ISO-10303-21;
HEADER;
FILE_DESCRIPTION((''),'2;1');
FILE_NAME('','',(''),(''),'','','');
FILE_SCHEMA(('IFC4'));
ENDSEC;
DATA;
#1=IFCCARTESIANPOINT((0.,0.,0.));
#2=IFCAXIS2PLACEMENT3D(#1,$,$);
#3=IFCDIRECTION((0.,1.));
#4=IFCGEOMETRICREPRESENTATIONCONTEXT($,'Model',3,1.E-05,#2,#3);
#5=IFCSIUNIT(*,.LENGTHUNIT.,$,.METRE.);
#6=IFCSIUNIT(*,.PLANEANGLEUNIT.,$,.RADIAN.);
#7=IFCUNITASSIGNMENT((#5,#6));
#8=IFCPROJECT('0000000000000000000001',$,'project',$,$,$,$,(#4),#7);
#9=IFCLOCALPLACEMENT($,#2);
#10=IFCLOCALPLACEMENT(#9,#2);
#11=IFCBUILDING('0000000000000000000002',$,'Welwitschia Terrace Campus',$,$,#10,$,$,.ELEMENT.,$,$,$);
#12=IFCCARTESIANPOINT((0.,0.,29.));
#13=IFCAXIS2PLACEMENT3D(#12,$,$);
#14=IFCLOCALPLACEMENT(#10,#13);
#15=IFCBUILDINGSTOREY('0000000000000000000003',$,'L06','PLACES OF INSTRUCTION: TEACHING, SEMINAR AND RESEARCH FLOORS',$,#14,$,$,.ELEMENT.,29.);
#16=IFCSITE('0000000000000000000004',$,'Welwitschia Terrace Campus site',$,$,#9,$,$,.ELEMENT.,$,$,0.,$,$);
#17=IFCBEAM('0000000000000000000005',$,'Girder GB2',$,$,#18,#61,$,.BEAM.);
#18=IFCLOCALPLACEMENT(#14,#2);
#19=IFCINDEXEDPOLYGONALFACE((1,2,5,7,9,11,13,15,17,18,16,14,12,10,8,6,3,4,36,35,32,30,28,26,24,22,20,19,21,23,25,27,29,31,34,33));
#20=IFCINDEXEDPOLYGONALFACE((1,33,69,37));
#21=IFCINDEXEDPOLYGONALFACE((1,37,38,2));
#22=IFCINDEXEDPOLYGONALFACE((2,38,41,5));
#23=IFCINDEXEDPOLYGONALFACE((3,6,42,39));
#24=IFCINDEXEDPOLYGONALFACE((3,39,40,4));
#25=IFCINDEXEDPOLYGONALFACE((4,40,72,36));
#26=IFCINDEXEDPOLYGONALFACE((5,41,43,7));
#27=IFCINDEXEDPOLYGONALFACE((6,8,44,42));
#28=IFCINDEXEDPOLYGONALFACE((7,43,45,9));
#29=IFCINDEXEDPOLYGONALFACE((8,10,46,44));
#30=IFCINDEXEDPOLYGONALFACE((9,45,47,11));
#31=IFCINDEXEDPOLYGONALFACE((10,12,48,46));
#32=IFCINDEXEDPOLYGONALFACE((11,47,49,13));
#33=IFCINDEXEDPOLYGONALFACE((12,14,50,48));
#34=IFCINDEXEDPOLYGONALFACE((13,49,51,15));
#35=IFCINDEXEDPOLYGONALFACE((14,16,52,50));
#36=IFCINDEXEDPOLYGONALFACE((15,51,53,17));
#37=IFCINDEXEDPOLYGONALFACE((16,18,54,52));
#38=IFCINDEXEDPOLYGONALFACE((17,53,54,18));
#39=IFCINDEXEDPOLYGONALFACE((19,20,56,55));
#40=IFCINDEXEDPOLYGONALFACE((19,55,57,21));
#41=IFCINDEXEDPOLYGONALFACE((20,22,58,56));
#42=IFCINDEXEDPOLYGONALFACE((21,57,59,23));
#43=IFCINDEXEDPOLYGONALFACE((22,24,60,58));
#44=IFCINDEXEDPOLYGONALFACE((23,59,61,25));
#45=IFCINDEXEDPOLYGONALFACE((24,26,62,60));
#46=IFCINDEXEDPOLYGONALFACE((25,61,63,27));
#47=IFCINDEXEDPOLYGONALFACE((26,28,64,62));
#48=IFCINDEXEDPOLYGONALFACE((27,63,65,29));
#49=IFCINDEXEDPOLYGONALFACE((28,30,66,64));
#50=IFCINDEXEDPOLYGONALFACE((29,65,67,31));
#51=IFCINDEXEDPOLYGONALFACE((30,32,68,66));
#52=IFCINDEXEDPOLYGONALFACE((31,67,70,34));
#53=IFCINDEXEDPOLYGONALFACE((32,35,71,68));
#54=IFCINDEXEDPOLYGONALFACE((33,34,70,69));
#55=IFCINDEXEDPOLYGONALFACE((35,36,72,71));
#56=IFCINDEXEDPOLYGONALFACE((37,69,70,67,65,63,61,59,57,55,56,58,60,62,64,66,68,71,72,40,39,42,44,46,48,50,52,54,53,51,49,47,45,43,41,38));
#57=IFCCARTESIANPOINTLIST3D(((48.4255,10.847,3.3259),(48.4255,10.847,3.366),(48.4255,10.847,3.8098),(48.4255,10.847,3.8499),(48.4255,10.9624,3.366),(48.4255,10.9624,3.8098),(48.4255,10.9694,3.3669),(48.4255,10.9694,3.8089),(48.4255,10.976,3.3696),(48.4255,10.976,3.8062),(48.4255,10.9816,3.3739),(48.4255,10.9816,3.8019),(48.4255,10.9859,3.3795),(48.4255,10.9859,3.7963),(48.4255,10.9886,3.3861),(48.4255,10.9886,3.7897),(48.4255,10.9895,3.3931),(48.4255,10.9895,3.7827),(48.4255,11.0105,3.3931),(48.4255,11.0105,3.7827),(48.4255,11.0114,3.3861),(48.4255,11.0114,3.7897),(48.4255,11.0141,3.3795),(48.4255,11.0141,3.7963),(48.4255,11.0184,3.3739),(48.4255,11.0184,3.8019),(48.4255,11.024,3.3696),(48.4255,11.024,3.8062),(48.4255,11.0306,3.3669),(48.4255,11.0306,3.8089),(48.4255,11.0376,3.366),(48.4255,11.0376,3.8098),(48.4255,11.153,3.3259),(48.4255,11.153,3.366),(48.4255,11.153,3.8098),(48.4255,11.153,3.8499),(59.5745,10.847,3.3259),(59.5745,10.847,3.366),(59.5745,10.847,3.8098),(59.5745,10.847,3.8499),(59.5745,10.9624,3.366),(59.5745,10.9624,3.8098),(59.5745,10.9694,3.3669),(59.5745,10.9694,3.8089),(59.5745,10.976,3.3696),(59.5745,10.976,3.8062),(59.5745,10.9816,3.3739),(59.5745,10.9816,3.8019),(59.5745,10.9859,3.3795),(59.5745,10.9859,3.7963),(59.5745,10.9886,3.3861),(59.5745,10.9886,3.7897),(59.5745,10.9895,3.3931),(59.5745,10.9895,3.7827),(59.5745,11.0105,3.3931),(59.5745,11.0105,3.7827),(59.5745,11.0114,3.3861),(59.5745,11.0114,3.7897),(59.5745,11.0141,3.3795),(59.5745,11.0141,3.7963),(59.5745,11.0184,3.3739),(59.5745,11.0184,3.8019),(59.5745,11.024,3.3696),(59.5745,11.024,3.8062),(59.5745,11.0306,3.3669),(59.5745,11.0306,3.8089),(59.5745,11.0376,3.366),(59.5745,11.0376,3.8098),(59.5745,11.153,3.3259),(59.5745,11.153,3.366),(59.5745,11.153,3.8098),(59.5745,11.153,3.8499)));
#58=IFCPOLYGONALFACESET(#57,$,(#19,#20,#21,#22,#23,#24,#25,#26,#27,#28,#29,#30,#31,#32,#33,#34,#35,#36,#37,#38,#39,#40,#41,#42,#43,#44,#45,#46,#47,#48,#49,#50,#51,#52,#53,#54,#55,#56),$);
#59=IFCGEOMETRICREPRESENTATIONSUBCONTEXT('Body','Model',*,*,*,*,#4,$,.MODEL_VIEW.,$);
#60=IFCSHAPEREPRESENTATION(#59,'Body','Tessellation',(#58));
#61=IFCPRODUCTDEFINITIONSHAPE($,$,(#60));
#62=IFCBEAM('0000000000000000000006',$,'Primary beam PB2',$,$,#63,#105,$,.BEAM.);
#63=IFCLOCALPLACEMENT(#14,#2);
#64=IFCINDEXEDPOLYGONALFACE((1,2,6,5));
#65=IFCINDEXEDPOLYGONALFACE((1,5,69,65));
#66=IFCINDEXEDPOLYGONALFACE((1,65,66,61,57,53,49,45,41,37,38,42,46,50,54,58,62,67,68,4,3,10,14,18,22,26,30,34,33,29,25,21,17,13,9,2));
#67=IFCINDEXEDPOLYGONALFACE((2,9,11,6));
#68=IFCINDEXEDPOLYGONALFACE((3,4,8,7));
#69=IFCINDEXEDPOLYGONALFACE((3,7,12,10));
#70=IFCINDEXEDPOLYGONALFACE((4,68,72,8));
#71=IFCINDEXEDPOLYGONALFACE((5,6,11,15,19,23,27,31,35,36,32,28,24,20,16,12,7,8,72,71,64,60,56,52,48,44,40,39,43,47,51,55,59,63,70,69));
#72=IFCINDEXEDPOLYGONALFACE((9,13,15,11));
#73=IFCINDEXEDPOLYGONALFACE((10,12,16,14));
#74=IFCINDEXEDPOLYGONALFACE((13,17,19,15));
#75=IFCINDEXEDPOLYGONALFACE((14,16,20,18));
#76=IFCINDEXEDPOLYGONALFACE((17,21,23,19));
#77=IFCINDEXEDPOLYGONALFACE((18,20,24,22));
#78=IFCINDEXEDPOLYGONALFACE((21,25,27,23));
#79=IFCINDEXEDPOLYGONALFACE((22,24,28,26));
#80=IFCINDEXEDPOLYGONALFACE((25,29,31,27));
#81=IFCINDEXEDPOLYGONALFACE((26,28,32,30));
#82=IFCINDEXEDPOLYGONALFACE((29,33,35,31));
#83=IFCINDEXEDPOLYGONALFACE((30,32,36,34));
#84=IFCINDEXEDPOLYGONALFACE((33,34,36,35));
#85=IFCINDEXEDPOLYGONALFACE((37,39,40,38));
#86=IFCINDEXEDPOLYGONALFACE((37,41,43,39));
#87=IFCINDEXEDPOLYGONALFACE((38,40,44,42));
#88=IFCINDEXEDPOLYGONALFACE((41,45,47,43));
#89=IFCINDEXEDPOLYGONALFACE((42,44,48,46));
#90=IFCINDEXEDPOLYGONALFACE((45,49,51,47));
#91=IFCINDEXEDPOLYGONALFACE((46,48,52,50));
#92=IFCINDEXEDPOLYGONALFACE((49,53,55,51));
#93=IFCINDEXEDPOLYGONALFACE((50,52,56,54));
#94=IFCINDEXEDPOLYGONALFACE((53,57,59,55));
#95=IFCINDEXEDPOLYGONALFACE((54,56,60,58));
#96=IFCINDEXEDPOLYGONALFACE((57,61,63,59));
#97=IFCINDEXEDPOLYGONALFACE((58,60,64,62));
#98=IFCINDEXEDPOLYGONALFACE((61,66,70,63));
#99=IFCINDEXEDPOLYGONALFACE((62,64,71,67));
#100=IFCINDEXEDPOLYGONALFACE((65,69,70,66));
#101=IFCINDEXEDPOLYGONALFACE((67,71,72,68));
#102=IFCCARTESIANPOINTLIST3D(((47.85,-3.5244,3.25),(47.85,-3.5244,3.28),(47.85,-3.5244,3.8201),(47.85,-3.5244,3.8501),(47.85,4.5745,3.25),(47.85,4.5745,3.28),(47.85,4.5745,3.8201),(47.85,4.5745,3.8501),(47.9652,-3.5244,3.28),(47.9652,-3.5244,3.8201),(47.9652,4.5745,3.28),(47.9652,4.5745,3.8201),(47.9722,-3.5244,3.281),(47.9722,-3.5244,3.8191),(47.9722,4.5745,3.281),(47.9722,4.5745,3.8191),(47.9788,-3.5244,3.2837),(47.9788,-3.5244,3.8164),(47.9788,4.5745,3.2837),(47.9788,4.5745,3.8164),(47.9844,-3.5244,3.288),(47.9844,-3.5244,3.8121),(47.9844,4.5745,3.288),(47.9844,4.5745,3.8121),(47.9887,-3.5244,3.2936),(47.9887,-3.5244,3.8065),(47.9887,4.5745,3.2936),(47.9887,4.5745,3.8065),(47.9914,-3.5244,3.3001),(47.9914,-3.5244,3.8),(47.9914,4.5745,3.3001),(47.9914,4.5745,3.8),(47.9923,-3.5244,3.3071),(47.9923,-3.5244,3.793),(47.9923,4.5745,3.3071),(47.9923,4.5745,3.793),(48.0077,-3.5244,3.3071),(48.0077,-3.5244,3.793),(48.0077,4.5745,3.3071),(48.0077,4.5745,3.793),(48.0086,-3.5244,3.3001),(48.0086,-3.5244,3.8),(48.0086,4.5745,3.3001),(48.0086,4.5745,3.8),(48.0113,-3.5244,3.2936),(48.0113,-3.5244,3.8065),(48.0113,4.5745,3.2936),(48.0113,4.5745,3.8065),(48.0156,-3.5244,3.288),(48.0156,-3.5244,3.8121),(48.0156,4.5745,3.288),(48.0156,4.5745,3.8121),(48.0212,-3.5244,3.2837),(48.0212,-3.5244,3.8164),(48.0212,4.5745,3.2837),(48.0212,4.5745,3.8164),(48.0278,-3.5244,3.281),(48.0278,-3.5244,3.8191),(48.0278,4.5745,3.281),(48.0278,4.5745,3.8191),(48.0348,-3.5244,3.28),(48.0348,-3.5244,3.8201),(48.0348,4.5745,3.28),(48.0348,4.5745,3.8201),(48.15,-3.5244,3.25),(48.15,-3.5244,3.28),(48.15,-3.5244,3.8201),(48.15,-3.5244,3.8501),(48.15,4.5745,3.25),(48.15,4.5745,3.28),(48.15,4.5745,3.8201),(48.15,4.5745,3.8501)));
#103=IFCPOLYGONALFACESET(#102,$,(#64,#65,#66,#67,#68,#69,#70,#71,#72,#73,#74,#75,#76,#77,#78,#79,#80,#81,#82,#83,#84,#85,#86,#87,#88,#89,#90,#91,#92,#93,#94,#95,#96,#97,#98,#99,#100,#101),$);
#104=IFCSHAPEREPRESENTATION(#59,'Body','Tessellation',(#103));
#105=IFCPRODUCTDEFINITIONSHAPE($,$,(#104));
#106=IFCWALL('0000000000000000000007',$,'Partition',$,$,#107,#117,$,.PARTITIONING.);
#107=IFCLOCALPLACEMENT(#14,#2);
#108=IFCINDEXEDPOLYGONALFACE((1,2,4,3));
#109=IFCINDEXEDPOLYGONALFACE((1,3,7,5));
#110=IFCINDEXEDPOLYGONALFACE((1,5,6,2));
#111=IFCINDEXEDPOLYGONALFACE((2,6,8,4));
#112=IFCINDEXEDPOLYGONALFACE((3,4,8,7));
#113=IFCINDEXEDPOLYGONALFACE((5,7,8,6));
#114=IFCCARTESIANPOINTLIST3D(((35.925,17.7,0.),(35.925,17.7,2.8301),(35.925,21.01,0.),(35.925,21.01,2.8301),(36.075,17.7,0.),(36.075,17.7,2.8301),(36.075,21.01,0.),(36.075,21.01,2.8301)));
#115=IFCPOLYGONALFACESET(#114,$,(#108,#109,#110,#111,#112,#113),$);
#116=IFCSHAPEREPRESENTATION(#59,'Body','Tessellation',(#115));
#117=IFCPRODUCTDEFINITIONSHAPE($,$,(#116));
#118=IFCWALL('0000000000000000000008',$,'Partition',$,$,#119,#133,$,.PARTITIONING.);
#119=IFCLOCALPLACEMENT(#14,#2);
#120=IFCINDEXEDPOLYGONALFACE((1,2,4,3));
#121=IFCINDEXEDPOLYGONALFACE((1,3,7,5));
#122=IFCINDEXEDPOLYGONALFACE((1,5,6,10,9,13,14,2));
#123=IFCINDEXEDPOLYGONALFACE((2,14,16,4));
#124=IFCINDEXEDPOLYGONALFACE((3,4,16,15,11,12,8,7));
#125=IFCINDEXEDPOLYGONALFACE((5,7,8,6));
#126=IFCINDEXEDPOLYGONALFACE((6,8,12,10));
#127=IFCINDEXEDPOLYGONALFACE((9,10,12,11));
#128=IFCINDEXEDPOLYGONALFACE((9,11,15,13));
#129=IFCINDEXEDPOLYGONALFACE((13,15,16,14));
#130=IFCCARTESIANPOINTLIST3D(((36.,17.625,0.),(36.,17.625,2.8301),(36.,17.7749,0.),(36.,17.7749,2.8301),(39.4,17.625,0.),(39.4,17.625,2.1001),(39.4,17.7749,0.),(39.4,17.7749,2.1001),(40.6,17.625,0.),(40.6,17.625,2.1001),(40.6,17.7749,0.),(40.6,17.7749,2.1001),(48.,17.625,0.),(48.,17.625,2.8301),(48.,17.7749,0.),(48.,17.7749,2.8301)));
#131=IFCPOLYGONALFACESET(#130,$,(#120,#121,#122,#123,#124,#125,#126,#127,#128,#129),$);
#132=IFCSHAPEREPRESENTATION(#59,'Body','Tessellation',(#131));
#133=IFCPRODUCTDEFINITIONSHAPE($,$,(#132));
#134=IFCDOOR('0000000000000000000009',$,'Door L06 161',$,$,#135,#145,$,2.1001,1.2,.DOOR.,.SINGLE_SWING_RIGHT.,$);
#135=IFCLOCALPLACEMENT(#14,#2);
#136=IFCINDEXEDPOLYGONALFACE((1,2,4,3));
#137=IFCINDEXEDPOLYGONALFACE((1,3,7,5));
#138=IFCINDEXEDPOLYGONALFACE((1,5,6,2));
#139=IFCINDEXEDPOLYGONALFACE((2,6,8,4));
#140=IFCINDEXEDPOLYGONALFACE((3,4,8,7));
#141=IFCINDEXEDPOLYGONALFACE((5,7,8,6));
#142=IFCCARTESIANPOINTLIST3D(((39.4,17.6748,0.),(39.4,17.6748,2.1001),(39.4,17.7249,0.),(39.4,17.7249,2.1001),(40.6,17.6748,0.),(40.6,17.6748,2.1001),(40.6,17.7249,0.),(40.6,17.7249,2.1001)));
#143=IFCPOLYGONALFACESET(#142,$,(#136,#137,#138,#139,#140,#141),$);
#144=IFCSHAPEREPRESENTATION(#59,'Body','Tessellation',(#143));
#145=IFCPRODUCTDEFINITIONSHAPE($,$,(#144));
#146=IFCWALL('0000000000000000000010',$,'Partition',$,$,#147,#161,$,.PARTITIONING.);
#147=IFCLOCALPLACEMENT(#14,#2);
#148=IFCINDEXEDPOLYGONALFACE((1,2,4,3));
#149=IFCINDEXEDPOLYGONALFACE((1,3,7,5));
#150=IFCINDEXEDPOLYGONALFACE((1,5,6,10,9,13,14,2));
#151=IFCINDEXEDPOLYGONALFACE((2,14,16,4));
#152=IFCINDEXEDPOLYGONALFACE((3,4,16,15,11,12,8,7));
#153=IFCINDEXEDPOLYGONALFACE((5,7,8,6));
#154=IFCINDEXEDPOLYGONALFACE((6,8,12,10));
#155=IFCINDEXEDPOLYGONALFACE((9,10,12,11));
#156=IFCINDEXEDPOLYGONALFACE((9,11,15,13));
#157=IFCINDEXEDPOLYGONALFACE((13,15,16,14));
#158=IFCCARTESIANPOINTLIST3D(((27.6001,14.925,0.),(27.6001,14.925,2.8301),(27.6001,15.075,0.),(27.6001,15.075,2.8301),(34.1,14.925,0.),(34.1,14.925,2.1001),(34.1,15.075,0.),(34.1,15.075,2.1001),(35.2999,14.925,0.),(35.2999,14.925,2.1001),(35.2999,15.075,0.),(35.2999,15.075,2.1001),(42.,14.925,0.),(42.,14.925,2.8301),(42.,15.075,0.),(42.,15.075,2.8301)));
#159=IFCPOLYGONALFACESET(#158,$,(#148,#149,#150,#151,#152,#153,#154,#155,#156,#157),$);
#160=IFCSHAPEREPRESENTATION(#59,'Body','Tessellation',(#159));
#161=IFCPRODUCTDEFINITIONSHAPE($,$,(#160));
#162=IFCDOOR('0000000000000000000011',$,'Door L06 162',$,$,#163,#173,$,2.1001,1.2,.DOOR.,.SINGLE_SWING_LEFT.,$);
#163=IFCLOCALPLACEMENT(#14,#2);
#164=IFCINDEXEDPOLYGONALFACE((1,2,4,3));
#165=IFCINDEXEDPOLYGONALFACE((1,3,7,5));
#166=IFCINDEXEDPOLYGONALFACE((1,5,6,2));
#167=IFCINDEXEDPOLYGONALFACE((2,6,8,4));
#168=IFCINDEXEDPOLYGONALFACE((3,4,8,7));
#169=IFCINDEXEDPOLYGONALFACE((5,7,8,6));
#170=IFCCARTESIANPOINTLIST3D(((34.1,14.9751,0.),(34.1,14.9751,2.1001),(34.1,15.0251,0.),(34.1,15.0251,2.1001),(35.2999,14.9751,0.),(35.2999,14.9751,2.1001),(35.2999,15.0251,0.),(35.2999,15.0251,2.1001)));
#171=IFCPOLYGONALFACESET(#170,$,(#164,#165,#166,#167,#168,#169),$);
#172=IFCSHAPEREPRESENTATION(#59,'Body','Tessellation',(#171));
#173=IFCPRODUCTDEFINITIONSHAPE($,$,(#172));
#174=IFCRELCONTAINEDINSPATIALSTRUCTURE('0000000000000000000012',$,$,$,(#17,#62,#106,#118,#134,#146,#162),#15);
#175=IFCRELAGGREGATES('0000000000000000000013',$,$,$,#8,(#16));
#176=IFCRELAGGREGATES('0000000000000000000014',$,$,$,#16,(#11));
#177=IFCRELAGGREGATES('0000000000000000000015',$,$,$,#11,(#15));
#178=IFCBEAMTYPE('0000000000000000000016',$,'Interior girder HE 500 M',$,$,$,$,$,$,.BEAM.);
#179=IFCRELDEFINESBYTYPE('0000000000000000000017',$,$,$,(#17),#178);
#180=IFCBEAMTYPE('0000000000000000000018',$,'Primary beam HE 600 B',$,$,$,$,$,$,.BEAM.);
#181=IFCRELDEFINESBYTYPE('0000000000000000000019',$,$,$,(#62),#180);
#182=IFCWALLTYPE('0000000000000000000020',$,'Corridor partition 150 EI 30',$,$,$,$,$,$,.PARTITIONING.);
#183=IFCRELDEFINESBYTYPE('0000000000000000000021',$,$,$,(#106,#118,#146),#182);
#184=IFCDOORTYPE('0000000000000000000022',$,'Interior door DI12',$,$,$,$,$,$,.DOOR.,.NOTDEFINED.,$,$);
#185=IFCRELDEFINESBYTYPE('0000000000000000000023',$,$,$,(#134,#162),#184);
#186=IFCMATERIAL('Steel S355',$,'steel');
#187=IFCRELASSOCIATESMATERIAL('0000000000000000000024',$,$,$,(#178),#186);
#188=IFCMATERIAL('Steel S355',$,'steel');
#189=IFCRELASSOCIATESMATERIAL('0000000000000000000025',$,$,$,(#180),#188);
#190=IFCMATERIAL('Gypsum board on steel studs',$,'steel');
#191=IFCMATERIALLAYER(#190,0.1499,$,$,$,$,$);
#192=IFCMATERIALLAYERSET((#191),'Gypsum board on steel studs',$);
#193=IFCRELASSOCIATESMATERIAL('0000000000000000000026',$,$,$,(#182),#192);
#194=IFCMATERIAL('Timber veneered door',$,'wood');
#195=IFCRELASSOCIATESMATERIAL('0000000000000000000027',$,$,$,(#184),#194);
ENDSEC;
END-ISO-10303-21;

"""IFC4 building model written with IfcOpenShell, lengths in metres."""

from ifc_helpers import new_model, si_unit, direction, frame, frame_2d, origin, origin_2d, place, context, subcontext, project, spatial, rectangle, i_section, extrude, material, layer, layer_set, material_profile, profile_set, type_object, element, fill, save


model = new_model("IFC4")

# Units and contexts
model_context = context("Model", 3, precision=1e-05, world=origin(), true_north=direction((0.0, 1.0)))
body_context = subcontext(model_context, "Body", "Model", "MODEL_VIEW")
ifc_project = project(units=[si_unit("LENGTHUNIT", "METRE"), si_unit("PLANEANGLEUNIT", "RADIAN")], contexts=[model_context])

# Site, building, storey
site_placement = place(None, origin())
site = spatial("IfcSite", under=ifc_project, at=site_placement, Name="Welwitschia Terrace Campus site", CompositionType="ELEMENT", RefElevation=0.0)
building_placement = place(site_placement, origin())
building = spatial("IfcBuilding", under=site, at=building_placement, Name="Welwitschia Terrace Campus", CompositionType="ELEMENT")
storey_placement = place(building_placement, frame((0.0, 0.0, 29.0)))
storey = spatial("IfcBuildingStorey", under=building, at=storey_placement, Name="L06", Description="PLACES OF INSTRUCTION: TEACHING, SEMINAR AND RESEARCH FLOORS", CompositionType="ELEMENT", Elevation=29.0)

# Beams
ifc_material_1 = material(Name="Steel S355", Category="steel")
ifc_material_profile_1 = material_profile(ifc_material_1, i_section(OverallWidth=0.3059, OverallDepth=0.5239, WebThickness=0.021, FlangeThickness=0.04, FilletRadius=0.0271, at=origin_2d()))
ifc_profile_set_1 = profile_set([ifc_material_profile_1], Name="Steel S355")
beam_type_1 = type_object("IfcBeamType", Name="Interior girder HE 500 M", PredefinedType="BEAM", material=ifc_profile_set_1)
for number, where, z_axis, x_axis, name in (
    (1, (48.4255, 11.0, 3.5879), (1.0, 0.0, 0.0), (0.0, 1.0, 0.0), "Girder GB2"),
):
    element("IfcBeam", number, at=place(storey_placement, frame(where, z_axis=z_axis, x_axis=x_axis)), inside=storey, type_object=beam_type_1, Name=name, PredefinedType="BEAM", context=body_context, shape_type="SweptSolid", body=[
        extrude(i_section(OverallWidth=0.3059, OverallDepth=0.5239, WebThickness=0.021, FlangeThickness=0.04, FilletRadius=0.0271, at=origin_2d()), origin(), (0.0, 0.0, 1.0), 11.1489),
    ])
ifc_material_2 = material(Name="Steel S355", Category="steel")
ifc_material_profile_2 = material_profile(ifc_material_2, i_section(OverallWidth=0.3, OverallDepth=0.6001, WebThickness=0.0154, FlangeThickness=0.03, FilletRadius=0.0271, at=origin_2d()))
ifc_profile_set_2 = profile_set([ifc_material_profile_2], Name="Steel S355")
beam_type_2 = type_object("IfcBeamType", Name="Primary beam HE 600 B", PredefinedType="BEAM", material=ifc_profile_set_2)
beam_placement = place(storey_placement, frame((48.0, -3.5244, 3.55), z_axis=(0.0, 1.0, 0.0), x_axis=(-1.0, 0.0, 0.0)))
element("IfcBeam", 2, at=beam_placement, inside=storey, type_object=beam_type_2, Name="Primary beam PB2", PredefinedType="BEAM", context=body_context, shape_type="SweptSolid", body=[
    extrude(i_section(OverallWidth=0.3, OverallDepth=0.6001, WebThickness=0.0154, FlangeThickness=0.03, FilletRadius=0.0271, at=origin_2d()), origin(), (0.0, 0.0, 1.0), 8.0989),
])

# Wall
ifc_material_3 = material(Name="Gypsum board on steel studs", Category="steel")
ifc_layer = layer(ifc_material_3, 0.1499)
ifc_layer_set = layer_set([ifc_layer], Name="Gypsum board on steel studs")
wall_type = type_object("IfcWallType", Name="Corridor partition 150 EI 30", PredefinedType="PARTITIONING", material=ifc_layer_set)
wall_1_placement = place(storey_placement, frame((36.0, 17.7, 0.0), z_axis=(0.0, 0.0, 1.0), x_axis=(0.0, 1.0, 0.0)))
element("IfcWall", 3, at=wall_1_placement, inside=storey, type_object=wall_type, Name="Partition", PredefinedType="PARTITIONING", context=body_context, shape_type="SweptSolid", body=[
    extrude(rectangle(XDim=3.3101, YDim=0.1499, at=frame_2d((1.655, 0.0))), origin(), (0.0, 0.0, 1.0), 2.8301),
])

# Walls, openings, doors
wall_2_placement = place(storey_placement, frame((36.0, 17.7, 0.0), z_axis=(0.0, 0.0, 1.0), x_axis=(1.0, 0.0, 0.0)))
wall_2 = element("IfcWall", 4, at=wall_2_placement, inside=storey, type_object=wall_type, Name="Partition", PredefinedType="PARTITIONING", context=body_context, shape_type="SweptSolid", body=[
    extrude(rectangle(XDim=12.0, YDim=0.1499, at=frame_2d((6.0, 0.0))), origin(), (0.0, 0.0, 1.0), 2.8301),
])
opening_1_placement = place(wall_2_placement, frame((3.3999, 0.0, 0.0)))
opening_1 = element("IfcOpeningElement", 5, at=opening_1_placement, cuts=wall_2, PredefinedType="OPENING", context=body_context, shape_type="SweptSolid", body=[
    extrude(rectangle(XDim=1.2, YDim=2.1001, at=frame_2d((0.6001, 1.05))), frame((0.0, 0.085, 0.0), z_axis=(0.0, -1.0, 0.0), x_axis=(1.0, 0.0, 0.0)), (0.0, 0.0, 1.0), 0.1699),
])
ifc_material_4 = material(Name="Timber veneered door", Category="wood")
door_type_1 = type_object("IfcDoorType", Name="Interior door DI12", OperationType="NOTDEFINED", PredefinedType="DOOR", material=ifc_material_4)
door_1_placement = place(opening_1_placement, origin())
door_1 = element("IfcDoor", 6, at=door_1_placement, inside=storey, type_object=door_type_1, Name="Door L06 161", OperationType="SINGLE_SWING_RIGHT", OverallHeight=2.1001, OverallWidth=1.2, PredefinedType="DOOR", context=body_context, shape_type="SweptSolid", body=[
    extrude(rectangle(XDim=1.2, YDim=2.1001, at=frame_2d((0.6001, 1.05))), frame((0.0, 0.0249, 0.0), z_axis=(0.0, -1.0, 0.0), x_axis=(1.0, 0.0, 0.0)), (0.0, 0.0, 1.0), 0.05),
])
fill(opening_1, door_1)
wall_3_placement = place(storey_placement, frame((42.0, 15.0, 0.0), z_axis=(0.0, 0.0, 1.0), x_axis=(-1.0, 0.0, 0.0)))
wall_3 = element("IfcWall", 7, at=wall_3_placement, inside=storey, type_object=wall_type, Name="Partition", PredefinedType="PARTITIONING", context=body_context, shape_type="SweptSolid", body=[
    extrude(rectangle(XDim=14.3999, YDim=0.1499, at=frame_2d((7.2, 0.0))), origin(), (0.0, 0.0, 1.0), 2.8301),
])
opening_2_placement = place(wall_3_placement, frame((6.7, 0.0, 0.0)))
opening_2 = element("IfcOpeningElement", 8, at=opening_2_placement, cuts=wall_3, PredefinedType="OPENING", context=body_context, shape_type="SweptSolid", body=[
    extrude(rectangle(XDim=1.2, YDim=2.1001, at=frame_2d((0.6001, 1.05))), frame((0.0, 0.085, 0.0), z_axis=(0.0, -1.0, 0.0), x_axis=(1.0, 0.0, 0.0)), (0.0, 0.0, 1.0), 0.1699),
])
door_2_placement = place(opening_2_placement, origin())
door_2 = element("IfcDoor", 9, at=door_2_placement, inside=storey, type_object=door_type_1, Name="Door L06 162", OperationType="SINGLE_SWING_LEFT", OverallHeight=2.1001, OverallWidth=1.2, PredefinedType="DOOR", context=body_context, shape_type="SweptSolid", body=[
    extrude(rectangle(XDim=1.2, YDim=2.1001, at=frame_2d((0.6001, 1.05))), frame((0.0, 0.0249, 0.0), z_axis=(0.0, -1.0, 0.0), x_axis=(1.0, 0.0, 0.0)), (0.0, 0.0, 1.0), 0.05),
])
fill(opening_2, door_2)

save(model, "model.ifc")
